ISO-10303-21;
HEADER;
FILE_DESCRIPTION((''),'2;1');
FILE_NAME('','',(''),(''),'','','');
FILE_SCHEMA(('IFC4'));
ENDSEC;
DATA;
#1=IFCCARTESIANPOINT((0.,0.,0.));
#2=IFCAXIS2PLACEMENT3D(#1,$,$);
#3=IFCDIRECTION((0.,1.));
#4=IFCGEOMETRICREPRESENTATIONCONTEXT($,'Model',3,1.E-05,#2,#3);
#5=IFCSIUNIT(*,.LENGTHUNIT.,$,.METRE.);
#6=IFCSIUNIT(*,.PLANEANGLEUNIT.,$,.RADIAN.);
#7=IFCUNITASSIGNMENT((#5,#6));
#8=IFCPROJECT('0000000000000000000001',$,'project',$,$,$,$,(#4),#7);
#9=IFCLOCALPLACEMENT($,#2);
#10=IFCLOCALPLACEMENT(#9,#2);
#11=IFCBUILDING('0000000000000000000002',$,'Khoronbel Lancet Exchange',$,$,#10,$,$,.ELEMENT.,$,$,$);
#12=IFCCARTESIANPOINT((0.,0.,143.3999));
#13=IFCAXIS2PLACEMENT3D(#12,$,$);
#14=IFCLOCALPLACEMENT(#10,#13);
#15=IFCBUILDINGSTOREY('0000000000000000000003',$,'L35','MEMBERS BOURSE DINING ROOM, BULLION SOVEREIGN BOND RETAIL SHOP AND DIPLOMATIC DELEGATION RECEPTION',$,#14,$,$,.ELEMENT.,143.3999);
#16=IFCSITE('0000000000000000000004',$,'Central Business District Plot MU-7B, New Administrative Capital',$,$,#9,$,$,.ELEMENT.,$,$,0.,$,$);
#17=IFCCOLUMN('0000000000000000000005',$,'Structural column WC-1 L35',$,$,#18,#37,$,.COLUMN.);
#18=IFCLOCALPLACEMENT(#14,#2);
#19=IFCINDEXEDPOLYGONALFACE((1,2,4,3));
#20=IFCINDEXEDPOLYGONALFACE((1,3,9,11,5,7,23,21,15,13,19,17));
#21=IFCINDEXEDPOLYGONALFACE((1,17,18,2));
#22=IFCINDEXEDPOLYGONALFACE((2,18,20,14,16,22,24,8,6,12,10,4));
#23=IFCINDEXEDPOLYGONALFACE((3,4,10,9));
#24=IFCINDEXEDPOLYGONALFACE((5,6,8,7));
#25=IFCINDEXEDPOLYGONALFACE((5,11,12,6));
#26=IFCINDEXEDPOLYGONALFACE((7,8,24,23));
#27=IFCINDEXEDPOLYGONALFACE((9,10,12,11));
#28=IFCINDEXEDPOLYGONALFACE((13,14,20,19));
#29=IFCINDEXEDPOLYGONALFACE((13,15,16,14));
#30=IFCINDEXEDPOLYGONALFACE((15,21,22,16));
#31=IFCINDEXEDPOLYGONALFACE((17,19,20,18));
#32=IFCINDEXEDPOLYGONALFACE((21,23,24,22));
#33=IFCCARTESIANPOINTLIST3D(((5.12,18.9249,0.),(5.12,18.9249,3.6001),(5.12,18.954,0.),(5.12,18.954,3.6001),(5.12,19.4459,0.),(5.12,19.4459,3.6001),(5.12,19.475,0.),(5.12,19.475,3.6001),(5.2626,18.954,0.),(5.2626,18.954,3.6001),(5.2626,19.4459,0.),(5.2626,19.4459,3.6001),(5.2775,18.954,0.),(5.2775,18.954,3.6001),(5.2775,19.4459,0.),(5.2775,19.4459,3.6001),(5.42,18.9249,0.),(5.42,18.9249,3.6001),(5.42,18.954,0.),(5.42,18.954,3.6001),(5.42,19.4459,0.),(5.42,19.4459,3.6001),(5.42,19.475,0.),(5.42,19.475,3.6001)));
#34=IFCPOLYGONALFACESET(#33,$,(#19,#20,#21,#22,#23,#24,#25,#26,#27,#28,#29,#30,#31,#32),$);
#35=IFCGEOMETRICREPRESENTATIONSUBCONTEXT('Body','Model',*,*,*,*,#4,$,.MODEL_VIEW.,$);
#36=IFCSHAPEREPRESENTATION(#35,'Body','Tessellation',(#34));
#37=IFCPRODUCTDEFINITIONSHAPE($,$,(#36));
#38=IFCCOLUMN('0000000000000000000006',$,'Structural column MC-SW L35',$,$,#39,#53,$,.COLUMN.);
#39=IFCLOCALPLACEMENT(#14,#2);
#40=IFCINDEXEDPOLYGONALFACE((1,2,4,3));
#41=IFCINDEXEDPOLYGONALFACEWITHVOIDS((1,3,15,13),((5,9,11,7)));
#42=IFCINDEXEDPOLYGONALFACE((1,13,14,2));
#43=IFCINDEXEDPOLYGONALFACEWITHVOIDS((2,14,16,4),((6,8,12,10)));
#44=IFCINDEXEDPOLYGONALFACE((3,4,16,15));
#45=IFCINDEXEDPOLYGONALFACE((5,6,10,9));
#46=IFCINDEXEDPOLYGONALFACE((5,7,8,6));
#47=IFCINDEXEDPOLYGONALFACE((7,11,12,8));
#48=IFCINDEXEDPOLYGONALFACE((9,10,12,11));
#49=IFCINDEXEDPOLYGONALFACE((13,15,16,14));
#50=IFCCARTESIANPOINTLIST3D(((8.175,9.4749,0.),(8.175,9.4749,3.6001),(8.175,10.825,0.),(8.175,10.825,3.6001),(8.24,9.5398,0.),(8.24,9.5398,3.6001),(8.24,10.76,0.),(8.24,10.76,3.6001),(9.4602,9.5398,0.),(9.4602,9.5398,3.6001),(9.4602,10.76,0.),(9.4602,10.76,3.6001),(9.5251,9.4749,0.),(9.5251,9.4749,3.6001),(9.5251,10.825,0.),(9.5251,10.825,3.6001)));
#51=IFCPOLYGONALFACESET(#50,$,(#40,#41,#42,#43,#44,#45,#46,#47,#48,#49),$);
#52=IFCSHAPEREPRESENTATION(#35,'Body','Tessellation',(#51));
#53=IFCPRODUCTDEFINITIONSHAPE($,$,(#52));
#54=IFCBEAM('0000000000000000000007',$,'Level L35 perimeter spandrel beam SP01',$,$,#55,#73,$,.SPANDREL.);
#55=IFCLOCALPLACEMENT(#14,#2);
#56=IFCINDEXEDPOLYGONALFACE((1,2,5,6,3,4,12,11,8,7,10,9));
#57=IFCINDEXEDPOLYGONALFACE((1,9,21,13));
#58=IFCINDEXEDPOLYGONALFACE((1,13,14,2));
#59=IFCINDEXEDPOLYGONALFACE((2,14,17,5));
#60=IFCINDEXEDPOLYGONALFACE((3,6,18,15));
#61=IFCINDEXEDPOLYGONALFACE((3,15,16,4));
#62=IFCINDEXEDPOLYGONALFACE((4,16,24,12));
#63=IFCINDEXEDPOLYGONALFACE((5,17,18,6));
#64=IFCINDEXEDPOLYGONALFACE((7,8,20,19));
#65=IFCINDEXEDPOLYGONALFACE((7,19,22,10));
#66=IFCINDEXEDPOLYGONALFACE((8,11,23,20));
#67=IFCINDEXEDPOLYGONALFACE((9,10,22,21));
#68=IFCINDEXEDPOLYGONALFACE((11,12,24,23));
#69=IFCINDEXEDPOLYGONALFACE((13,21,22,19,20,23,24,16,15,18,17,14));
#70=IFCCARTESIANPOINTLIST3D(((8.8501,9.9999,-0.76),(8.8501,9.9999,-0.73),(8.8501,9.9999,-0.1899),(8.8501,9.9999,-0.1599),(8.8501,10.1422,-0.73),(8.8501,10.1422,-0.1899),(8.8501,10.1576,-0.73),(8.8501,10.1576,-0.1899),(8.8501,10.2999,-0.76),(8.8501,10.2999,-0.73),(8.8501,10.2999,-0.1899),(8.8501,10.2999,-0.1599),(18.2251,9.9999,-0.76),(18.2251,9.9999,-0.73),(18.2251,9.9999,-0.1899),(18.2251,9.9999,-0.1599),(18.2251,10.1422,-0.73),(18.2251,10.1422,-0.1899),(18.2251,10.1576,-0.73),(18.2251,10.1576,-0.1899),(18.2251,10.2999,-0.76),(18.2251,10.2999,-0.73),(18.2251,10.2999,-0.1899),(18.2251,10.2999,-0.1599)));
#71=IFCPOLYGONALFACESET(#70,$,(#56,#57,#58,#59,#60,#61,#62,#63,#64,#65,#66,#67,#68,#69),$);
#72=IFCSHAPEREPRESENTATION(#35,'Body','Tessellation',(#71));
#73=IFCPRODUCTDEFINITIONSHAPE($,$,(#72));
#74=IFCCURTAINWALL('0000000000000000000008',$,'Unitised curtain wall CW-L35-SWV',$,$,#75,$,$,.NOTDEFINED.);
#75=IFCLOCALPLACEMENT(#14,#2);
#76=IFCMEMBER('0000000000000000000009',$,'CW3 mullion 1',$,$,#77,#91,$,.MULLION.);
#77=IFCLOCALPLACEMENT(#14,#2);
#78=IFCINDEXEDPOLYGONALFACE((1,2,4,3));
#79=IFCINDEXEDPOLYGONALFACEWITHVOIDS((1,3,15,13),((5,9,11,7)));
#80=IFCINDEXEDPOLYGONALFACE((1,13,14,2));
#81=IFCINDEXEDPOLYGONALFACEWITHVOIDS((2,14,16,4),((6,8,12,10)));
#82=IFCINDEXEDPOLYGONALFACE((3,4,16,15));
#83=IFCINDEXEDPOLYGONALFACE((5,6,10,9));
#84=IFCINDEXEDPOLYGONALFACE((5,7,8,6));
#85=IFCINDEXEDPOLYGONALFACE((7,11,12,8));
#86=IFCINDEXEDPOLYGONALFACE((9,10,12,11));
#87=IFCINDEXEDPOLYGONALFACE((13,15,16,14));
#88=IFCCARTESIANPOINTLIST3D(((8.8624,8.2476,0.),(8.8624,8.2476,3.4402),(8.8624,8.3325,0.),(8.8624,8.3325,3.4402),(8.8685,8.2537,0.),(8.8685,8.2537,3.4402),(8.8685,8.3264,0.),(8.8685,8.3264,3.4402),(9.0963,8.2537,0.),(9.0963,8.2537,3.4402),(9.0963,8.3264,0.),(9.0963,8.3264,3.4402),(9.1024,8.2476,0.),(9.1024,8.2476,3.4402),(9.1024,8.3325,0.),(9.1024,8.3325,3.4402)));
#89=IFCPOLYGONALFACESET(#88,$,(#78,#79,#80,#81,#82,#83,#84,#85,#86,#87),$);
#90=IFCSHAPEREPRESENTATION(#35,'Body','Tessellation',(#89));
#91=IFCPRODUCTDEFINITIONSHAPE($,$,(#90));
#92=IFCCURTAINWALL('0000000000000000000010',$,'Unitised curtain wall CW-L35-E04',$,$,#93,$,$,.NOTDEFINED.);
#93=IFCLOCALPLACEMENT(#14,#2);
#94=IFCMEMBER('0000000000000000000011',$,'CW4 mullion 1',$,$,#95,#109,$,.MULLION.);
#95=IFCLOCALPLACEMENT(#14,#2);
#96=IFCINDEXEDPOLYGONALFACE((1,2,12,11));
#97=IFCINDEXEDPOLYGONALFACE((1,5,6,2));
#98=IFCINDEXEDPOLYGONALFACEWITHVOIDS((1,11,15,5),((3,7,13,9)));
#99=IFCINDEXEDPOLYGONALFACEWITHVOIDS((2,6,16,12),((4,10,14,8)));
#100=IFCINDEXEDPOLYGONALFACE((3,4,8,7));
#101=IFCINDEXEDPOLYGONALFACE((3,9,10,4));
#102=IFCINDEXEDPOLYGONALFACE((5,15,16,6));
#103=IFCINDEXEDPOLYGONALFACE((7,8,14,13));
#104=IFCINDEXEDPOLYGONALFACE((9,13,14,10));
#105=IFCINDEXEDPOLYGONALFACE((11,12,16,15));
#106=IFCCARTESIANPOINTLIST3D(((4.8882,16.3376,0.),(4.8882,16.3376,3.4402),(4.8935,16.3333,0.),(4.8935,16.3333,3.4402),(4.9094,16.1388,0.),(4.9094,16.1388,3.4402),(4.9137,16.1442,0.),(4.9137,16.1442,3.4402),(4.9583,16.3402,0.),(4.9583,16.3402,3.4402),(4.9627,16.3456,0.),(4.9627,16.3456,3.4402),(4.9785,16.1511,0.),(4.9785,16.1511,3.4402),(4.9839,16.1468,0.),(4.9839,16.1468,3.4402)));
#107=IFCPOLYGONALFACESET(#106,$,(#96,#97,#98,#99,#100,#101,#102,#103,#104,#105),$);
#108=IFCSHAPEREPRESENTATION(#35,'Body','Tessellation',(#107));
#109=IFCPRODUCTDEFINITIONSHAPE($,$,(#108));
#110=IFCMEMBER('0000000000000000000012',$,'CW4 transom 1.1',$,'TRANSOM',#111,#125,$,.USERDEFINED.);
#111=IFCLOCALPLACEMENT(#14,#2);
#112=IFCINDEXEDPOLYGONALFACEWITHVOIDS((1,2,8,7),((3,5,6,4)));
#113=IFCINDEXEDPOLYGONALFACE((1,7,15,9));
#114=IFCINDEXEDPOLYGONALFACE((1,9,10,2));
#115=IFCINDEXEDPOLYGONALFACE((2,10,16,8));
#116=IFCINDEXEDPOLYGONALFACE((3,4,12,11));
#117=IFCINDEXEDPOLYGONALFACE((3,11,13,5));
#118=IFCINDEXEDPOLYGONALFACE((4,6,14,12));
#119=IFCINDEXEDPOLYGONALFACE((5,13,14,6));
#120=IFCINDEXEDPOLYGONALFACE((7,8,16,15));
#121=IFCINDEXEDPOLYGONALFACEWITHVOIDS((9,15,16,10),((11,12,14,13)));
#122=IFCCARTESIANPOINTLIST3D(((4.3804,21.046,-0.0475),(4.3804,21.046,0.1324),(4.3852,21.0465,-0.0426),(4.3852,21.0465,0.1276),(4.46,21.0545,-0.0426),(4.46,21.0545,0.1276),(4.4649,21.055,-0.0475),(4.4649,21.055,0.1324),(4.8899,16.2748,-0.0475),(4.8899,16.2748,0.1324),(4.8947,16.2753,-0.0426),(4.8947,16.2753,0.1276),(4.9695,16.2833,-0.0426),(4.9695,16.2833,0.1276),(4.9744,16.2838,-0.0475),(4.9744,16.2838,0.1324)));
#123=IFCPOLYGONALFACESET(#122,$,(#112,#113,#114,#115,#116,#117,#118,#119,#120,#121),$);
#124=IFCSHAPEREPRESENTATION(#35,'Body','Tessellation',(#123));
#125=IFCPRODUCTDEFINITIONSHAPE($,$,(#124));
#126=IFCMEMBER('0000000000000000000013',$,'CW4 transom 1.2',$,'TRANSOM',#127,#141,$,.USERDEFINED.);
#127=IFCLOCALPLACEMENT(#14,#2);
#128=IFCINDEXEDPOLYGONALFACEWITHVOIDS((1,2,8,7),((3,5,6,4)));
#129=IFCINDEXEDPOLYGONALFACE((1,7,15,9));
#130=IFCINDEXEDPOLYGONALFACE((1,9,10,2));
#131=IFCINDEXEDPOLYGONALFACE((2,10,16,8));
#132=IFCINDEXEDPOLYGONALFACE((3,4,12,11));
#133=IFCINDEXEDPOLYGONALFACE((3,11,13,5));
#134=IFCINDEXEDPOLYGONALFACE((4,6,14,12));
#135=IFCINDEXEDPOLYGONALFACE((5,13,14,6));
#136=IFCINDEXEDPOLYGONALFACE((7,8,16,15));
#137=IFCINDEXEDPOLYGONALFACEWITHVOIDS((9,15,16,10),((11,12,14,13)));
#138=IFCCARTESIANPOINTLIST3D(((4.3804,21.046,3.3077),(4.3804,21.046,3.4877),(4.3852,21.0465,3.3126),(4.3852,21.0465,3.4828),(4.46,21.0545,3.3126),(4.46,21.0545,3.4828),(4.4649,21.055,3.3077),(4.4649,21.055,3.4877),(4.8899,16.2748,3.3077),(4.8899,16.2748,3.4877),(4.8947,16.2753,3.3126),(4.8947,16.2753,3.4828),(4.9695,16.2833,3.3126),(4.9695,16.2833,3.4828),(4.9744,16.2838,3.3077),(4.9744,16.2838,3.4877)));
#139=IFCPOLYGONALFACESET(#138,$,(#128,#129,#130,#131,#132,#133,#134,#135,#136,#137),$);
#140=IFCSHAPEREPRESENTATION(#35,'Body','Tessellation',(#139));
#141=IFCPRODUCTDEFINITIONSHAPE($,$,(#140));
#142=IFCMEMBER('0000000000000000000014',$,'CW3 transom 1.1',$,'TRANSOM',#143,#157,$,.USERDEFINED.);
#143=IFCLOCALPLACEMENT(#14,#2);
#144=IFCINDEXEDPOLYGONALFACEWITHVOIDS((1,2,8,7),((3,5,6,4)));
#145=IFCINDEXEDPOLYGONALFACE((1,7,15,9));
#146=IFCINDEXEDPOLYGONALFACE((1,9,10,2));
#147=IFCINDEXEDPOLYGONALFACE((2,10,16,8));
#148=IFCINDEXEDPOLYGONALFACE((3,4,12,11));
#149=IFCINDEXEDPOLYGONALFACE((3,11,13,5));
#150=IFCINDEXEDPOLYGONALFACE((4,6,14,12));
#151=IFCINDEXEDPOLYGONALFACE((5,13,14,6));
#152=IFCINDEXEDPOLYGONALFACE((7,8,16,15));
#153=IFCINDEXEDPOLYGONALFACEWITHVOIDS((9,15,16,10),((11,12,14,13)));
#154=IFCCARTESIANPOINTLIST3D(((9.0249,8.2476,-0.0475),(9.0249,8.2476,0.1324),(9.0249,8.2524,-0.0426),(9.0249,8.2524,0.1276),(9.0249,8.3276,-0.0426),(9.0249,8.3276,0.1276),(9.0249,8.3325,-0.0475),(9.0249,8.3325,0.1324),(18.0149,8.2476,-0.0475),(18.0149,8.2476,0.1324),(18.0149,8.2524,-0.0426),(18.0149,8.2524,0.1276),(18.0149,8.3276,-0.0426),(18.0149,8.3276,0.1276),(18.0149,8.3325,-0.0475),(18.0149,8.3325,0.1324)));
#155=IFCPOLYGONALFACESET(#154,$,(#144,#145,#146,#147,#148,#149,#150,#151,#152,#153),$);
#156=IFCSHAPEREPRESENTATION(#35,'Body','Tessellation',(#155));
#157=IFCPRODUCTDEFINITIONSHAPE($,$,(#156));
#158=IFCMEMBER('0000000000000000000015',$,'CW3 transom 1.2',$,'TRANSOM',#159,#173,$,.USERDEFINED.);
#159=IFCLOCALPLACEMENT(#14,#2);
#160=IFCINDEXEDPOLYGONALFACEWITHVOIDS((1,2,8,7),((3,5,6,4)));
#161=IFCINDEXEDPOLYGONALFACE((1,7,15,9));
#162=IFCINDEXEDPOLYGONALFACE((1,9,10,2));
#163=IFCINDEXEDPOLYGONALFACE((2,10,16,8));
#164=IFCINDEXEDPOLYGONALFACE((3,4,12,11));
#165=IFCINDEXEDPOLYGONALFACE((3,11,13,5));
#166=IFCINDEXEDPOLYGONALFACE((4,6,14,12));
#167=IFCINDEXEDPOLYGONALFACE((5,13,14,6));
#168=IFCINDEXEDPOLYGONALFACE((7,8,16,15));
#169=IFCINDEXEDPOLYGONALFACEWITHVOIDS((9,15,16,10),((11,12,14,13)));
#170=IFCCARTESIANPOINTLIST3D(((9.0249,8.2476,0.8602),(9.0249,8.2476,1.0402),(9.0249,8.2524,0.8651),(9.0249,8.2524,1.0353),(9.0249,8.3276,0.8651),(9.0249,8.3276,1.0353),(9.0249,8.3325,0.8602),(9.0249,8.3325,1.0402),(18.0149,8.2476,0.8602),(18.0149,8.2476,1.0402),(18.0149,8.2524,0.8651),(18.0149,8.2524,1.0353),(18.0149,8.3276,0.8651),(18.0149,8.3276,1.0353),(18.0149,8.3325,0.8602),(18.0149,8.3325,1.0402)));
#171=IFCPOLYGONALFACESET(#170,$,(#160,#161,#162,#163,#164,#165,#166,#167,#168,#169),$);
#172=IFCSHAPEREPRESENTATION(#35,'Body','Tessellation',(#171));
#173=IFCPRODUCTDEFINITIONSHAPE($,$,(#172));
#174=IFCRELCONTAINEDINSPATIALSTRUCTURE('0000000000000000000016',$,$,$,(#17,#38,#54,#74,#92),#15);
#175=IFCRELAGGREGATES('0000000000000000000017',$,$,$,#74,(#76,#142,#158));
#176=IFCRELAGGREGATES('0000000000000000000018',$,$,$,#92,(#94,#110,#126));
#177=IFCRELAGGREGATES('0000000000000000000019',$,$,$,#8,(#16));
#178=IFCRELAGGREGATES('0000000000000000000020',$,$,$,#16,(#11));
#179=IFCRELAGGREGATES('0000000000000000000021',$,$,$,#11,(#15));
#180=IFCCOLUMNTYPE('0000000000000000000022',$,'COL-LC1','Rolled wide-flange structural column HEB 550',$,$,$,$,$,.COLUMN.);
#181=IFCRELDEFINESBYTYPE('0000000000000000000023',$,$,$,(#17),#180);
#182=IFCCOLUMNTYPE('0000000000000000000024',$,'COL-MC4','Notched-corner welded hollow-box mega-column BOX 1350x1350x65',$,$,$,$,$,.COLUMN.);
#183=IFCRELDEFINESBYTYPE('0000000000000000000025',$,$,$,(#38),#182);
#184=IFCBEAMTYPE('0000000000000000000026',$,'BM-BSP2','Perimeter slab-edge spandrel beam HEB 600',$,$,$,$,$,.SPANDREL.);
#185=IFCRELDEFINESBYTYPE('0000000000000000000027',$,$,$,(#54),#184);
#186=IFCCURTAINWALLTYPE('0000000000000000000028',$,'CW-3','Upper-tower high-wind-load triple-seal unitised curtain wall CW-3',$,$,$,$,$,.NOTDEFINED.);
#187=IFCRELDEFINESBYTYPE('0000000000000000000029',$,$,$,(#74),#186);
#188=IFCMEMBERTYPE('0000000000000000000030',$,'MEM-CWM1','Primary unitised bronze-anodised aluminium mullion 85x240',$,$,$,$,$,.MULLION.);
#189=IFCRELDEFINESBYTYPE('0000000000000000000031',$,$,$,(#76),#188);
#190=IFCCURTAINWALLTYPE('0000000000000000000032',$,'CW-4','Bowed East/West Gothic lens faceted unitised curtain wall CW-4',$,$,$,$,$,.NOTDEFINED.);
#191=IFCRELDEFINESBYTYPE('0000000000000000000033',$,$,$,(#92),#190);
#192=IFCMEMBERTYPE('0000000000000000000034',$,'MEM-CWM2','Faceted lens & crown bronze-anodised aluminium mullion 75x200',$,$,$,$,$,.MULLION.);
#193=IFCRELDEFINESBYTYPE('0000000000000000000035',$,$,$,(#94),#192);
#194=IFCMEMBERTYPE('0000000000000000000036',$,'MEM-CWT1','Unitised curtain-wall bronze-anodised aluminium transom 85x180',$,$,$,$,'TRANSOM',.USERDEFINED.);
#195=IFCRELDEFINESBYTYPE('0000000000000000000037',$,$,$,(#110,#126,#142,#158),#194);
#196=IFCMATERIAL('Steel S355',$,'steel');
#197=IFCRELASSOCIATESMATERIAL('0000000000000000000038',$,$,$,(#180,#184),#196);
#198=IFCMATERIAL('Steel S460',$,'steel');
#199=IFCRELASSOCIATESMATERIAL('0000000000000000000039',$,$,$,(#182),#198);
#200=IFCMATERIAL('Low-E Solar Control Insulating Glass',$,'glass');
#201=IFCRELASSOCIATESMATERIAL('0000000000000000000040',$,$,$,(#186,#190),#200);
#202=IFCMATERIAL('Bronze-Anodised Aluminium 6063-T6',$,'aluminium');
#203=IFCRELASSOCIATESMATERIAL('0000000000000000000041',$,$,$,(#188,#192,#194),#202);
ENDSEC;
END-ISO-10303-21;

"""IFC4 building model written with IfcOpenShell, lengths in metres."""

from ifc_helpers import new_model, si_unit, direction, frame, origin, origin_2d, place, context, subcontext, project, spatial, hollow_rectangle, i_section, extrude, material, material_profile, profile_set, type_object, element, aggregate, save


model = new_model("IFC4")

# Units and contexts
model_context = context("Model", 3, precision=1e-05, world=origin(), true_north=direction((0.0, 1.0)))
body_context = subcontext(model_context, "Body", "Model", "MODEL_VIEW")
ifc_project = project(units=[si_unit("LENGTHUNIT", "METRE"), si_unit("PLANEANGLEUNIT", "RADIAN")], contexts=[model_context])

# Site, building, storey
site_placement = place(None, origin())
site = spatial("IfcSite", under=ifc_project, at=site_placement, Name="Central Business District Plot MU-7B, New Administrative Capital", CompositionType="ELEMENT", RefElevation=0.0)
building_placement = place(site_placement, origin())
building = spatial("IfcBuilding", under=site, at=building_placement, Name="Khoronbel Lancet Exchange", CompositionType="ELEMENT")
storey_placement = place(building_placement, frame((0.0, 0.0, 143.3999)))
storey = spatial("IfcBuildingStorey", under=building, at=storey_placement, Name="L35", Description="MEMBERS BOURSE DINING ROOM, BULLION SOVEREIGN BOND RETAIL SHOP AND DIPLOMATIC DELEGATION RECEPTION", CompositionType="ELEMENT", Elevation=143.3999)

# Columns
ifc_material_1 = material(Name="Steel S355", Category="steel")
ifc_material_profile_1 = material_profile(ifc_material_1, i_section(OverallWidth=0.3, OverallDepth=0.55, WebThickness=0.0149, FlangeThickness=0.0291, at=origin_2d()), Name="HEB 550")
ifc_profile_set_1 = profile_set([ifc_material_profile_1], Name="Steel S355")
column_type_1 = type_object("IfcColumnType", Name="COL-LC1", Description="Rolled wide-flange structural column HEB 550", PredefinedType="COLUMN", material=ifc_profile_set_1)
column_1_placement = place(storey_placement, frame((5.27, 19.2, 0.0), z_axis=(0.0, 0.0, 1.0), x_axis=(1.0, 0.0, 0.0)))
element("IfcColumn", 1, at=column_1_placement, inside=storey, type_object=column_type_1, Name="Structural column WC-1 L35", PredefinedType="COLUMN", context=body_context, shape_type="SweptSolid", body=[
    extrude(i_section(OverallWidth=0.3, OverallDepth=0.55, WebThickness=0.0149, FlangeThickness=0.0291, at=origin_2d()), origin(), (0.0, 0.0, 1.0), 3.6001),
])
ifc_material_2 = material(Name="Steel S460", Category="steel")
ifc_material_profile_2 = material_profile(ifc_material_2, hollow_rectangle(XDim=1.3501, YDim=1.3501, WallThickness=0.0649, at=origin_2d()), Name="BOX 1350x1350x65")
ifc_profile_set_2 = profile_set([ifc_material_profile_2], Name="Steel S460")
column_type_2 = type_object("IfcColumnType", Name="COL-MC4", Description="Notched-corner welded hollow-box mega-column BOX 1350x1350x65", PredefinedType="COLUMN", material=ifc_profile_set_2)
column_2_placement = place(storey_placement, frame((8.8501, 10.1499, 0.0), z_axis=(0.0, 0.0, 1.0), x_axis=(1.0, 0.0, 0.0)))
element("IfcColumn", 2, at=column_2_placement, inside=storey, type_object=column_type_2, Name="Structural column MC-SW L35", PredefinedType="COLUMN", context=body_context, shape_type="SweptSolid", body=[
    extrude(hollow_rectangle(XDim=1.3501, YDim=1.3501, WallThickness=0.0649, at=origin_2d()), origin(), (0.0, 0.0, 1.0), 3.6001),
])

# Beam
ifc_material_profile_3 = material_profile(ifc_material_1, i_section(OverallWidth=0.3, OverallDepth=0.6001, WebThickness=0.0154, FlangeThickness=0.03, at=origin_2d()), Name="HEB 600")
ifc_profile_set_3 = profile_set([ifc_material_profile_3], Name="Steel S355")
beam_type = type_object("IfcBeamType", Name="BM-BSP2", Description="Perimeter slab-edge spandrel beam HEB 600", PredefinedType="SPANDREL", material=ifc_profile_set_3)
beam_placement = place(storey_placement, frame((8.8501, 10.1499, -0.46), z_axis=(1.0, 0.0, 0.0), x_axis=(0.0, 1.0, 0.0)))
element("IfcBeam", 3, at=beam_placement, inside=storey, type_object=beam_type, Name="Level L35 perimeter spandrel beam SP01", PredefinedType="SPANDREL", context=body_context, shape_type="SweptSolid", body=[
    extrude(i_section(OverallWidth=0.3, OverallDepth=0.6001, WebThickness=0.0154, FlangeThickness=0.03, at=origin_2d()), origin(), (0.0, 0.0, 1.0), 9.375),
])

# Curtain wall, member
ifc_material_3 = material(Name="Low-E Solar Control Insulating Glass", Category="glass")
curtain_wall_type_1 = type_object("IfcCurtainWallType", Name="CW-3", Description="Upper-tower high-wind-load triple-seal unitised curtain wall CW-3", PredefinedType="NOTDEFINED", material=ifc_material_3)
curtain_wall_1_placement = place(storey_placement, origin())
curtain_wall_1 = element("IfcCurtainWall", 4, at=curtain_wall_1_placement, inside=storey, type_object=curtain_wall_type_1, Name="Unitised curtain wall CW-L35-SWV", PredefinedType="NOTDEFINED")
ifc_material_4 = material(Name="Bronze-Anodised Aluminium 6063-T6", Category="aluminium")
ifc_material_profile_4 = material_profile(ifc_material_4, hollow_rectangle(XDim=0.085, YDim=0.24, WallThickness=0.0061, at=origin_2d()), Name="ALU MULLION 85x240")
ifc_profile_set_4 = profile_set([ifc_material_profile_4], Name="Bronze-Anodised Aluminium 6063-T6")
member_type_1 = type_object("IfcMemberType", Name="MEM-CWM1", Description="Primary unitised bronze-anodised aluminium mullion 85x240", PredefinedType="MULLION", material=ifc_profile_set_4)
member_1_placement = place(storey_placement, frame((8.9824, 8.29, 0.0), z_axis=(0.0, 0.0, 1.0), x_axis=(0.0, 1.0, 0.0)))
member_1 = element("IfcMember", 5, at=member_1_placement, type_object=member_type_1, Name="CW3 mullion 1", PredefinedType="MULLION", context=body_context, shape_type="SweptSolid", body=[
    extrude(hollow_rectangle(XDim=0.085, YDim=0.24, WallThickness=0.0061, at=origin_2d()), origin(), (0.0, 0.0, 1.0), 3.4402),
])

# Curtain wall, members
curtain_wall_type_2 = type_object("IfcCurtainWallType", Name="CW-4", Description="Bowed East/West Gothic lens faceted unitised curtain wall CW-4", PredefinedType="NOTDEFINED", material=ifc_material_3)
curtain_wall_2_placement = place(storey_placement, origin())
curtain_wall_2 = element("IfcCurtainWall", 6, at=curtain_wall_2_placement, inside=storey, type_object=curtain_wall_type_2, Name="Unitised curtain wall CW-L35-E04", PredefinedType="NOTDEFINED")
ifc_material_profile_5 = material_profile(ifc_material_4, hollow_rectangle(XDim=0.075, YDim=0.2, WallThickness=0.0049, at=origin_2d()), Name="ALU MULLION 75x200")
ifc_profile_set_5 = profile_set([ifc_material_profile_5], Name="Bronze-Anodised Aluminium 6063-T6")
member_type_2 = type_object("IfcMemberType", Name="MEM-CWM2", Description="Faceted lens & crown bronze-anodised aluminium mullion 75x200", PredefinedType="MULLION", material=ifc_profile_set_5)
member_2_placement = place(storey_placement, frame((4.936, 16.2422, 0.0), z_axis=(0.0, 0.0, 1.0), x_axis=(-0.994347, -0.106181, 0.0)))
member_2 = element("IfcMember", 7, at=member_2_placement, type_object=member_type_2, Name="CW4 mullion 1", PredefinedType="MULLION", context=body_context, shape_type="SweptSolid", body=[
    extrude(hollow_rectangle(XDim=0.075, YDim=0.2, WallThickness=0.0049, at=origin_2d()), origin(), (0.0, 0.0, 1.0), 3.4402),
])
ifc_material_profile_6 = material_profile(ifc_material_4, hollow_rectangle(XDim=0.085, YDim=0.1799, WallThickness=0.0049, at=origin_2d()), Name="ALU TRANSOM 85x180")
ifc_profile_set_6 = profile_set([ifc_material_profile_6], Name="Bronze-Anodised Aluminium 6063-T6")
member_type_3 = type_object("IfcMemberType", Name="MEM-CWT1", Description="Unitised curtain-wall bronze-anodised aluminium transom 85x180", ElementType="TRANSOM", PredefinedType="USERDEFINED", material=ifc_profile_set_6)
member_3_placement = place(storey_placement, frame((4.9321, 16.2793, 0.0425), z_axis=(-0.106186, 0.994346, 0.0), x_axis=(-0.994346, -0.106186, 0.0)))
member_3 = element("IfcMember", 8, at=member_3_placement, type_object=member_type_3, Name="CW4 transom 1.1", ObjectType="TRANSOM", PredefinedType="USERDEFINED", context=body_context, shape_type="SweptSolid", body=[
    extrude(hollow_rectangle(XDim=0.085, YDim=0.1799, WallThickness=0.0049, at=origin_2d()), origin(), (0.0, 0.0, 1.0), 4.7983),
])
member_4_placement = place(storey_placement, frame((4.9321, 16.2793, 3.3977), z_axis=(-0.106186, 0.994346, 0.0), x_axis=(-0.994346, -0.106186, 0.0)))
member_4 = element("IfcMember", 9, at=member_4_placement, type_object=member_type_3, Name="CW4 transom 1.2", ObjectType="TRANSOM", PredefinedType="USERDEFINED", context=body_context, shape_type="SweptSolid", body=[
    extrude(hollow_rectangle(XDim=0.085, YDim=0.1799, WallThickness=0.0049, at=origin_2d()), origin(), (0.0, 0.0, 1.0), 4.7983),
])

# Members
member_5_placement = place(storey_placement, frame((9.0249, 8.29, 0.0425), z_axis=(1.0, 0.0, 0.0), x_axis=(0.0, 1.0, 0.0)))
member_5 = element("IfcMember", 10, at=member_5_placement, type_object=member_type_3, Name="CW3 transom 1.1", ObjectType="TRANSOM", PredefinedType="USERDEFINED", context=body_context, shape_type="SweptSolid", body=[
    extrude(hollow_rectangle(XDim=0.085, YDim=0.1799, WallThickness=0.0049, at=origin_2d()), origin(), (0.0, 0.0, 1.0), 8.99),
])
member_6_placement = place(storey_placement, frame((9.0249, 8.29, 0.9502), z_axis=(1.0, 0.0, 0.0), x_axis=(0.0, 1.0, 0.0)))
member_6 = element("IfcMember", 11, at=member_6_placement, type_object=member_type_3, Name="CW3 transom 1.2", ObjectType="TRANSOM", PredefinedType="USERDEFINED", context=body_context, shape_type="SweptSolid", body=[
    extrude(hollow_rectangle(XDim=0.085, YDim=0.1799, WallThickness=0.0049, at=origin_2d()), origin(), (0.0, 0.0, 1.0), 8.99),
])

aggregate(curtain_wall_1, [member_1, member_5, member_6])
aggregate(curtain_wall_2, [member_2, member_3, member_4])

save(model, "model.ifc")
